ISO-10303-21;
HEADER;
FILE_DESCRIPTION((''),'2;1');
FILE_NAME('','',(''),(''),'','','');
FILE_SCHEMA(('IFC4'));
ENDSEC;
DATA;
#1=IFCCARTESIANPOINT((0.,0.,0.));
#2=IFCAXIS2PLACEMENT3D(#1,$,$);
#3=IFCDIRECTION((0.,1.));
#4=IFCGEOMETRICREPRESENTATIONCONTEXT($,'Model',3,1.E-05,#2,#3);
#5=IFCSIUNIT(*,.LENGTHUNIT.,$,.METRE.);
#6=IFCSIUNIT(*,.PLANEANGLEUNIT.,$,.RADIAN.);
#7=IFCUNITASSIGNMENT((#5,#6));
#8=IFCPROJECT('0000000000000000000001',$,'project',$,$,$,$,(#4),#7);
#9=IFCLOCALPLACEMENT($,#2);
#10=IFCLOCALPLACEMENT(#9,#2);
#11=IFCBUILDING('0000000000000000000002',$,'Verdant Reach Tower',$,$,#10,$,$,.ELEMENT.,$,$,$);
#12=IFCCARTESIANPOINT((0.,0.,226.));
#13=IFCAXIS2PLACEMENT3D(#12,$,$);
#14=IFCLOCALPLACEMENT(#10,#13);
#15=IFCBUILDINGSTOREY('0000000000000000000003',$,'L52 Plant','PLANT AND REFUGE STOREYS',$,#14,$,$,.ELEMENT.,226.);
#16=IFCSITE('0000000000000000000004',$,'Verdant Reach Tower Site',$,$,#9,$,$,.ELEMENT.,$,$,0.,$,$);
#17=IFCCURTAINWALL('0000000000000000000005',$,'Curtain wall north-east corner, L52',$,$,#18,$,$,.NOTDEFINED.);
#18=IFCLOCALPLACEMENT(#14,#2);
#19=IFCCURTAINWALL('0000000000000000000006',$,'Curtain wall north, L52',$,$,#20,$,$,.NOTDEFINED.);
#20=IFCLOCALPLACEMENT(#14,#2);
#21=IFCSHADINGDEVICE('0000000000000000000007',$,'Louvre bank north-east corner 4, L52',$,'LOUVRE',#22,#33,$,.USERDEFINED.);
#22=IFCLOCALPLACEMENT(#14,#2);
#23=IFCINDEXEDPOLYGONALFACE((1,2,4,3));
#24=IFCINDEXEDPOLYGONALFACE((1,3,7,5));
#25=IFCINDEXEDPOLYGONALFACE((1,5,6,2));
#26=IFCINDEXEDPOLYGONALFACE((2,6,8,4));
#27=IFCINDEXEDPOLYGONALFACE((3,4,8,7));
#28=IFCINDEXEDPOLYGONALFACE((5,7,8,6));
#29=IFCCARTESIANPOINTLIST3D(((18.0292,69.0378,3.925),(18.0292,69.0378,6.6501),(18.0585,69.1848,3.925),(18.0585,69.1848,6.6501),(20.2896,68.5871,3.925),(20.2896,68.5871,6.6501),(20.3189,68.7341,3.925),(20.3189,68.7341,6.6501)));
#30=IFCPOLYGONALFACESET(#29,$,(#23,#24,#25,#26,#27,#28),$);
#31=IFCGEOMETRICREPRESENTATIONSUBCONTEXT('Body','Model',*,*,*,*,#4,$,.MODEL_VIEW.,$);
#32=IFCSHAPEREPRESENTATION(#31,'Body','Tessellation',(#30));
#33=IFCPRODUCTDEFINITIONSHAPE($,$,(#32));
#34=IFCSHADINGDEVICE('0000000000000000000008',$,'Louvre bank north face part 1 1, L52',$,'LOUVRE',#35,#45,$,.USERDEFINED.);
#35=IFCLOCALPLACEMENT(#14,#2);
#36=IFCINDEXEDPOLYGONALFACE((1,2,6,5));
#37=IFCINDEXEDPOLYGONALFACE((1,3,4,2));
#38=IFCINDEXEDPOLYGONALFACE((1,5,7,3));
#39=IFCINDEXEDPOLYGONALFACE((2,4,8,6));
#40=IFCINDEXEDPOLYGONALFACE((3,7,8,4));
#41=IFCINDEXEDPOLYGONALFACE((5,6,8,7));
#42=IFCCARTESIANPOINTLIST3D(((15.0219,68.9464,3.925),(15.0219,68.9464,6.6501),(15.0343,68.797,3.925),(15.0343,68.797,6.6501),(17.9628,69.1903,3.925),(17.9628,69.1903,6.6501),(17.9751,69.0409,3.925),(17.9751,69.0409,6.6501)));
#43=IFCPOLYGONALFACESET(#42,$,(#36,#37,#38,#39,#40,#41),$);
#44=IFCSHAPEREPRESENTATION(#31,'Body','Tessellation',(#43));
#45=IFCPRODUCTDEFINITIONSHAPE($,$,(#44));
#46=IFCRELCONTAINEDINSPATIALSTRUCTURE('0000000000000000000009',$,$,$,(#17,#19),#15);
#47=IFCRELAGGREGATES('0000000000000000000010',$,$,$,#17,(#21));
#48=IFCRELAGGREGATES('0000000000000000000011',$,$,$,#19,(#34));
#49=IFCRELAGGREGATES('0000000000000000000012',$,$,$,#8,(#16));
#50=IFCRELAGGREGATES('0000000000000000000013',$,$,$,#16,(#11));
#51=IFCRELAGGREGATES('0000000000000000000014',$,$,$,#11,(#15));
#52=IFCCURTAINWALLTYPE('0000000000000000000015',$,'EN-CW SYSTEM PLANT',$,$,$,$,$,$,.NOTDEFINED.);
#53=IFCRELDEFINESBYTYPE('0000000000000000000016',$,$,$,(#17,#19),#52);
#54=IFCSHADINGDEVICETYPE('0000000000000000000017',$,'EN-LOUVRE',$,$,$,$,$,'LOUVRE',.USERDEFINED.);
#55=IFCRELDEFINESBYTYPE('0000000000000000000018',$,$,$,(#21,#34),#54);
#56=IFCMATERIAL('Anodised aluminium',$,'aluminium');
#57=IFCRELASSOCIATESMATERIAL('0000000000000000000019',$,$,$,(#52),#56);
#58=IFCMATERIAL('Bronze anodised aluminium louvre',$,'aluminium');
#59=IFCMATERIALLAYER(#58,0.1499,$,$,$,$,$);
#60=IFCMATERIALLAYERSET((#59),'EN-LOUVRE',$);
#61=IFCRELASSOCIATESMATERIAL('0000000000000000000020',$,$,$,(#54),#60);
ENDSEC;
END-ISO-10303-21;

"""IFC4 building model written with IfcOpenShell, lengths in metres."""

from ifc_helpers import new_model, si_unit, direction, frame, origin, origin_2d, place, context, subcontext, project, spatial, rectangle, extrude, material, layer, layer_set, type_object, element, aggregate, save


model = new_model("IFC4")

# Units and contexts
model_context = context("Model", 3, precision=1e-05, world=origin(), true_north=direction((0.0, 1.0)))
body_context = subcontext(model_context, "Body", "Model", "MODEL_VIEW")
ifc_project = project(units=[si_unit("LENGTHUNIT", "METRE"), si_unit("PLANEANGLEUNIT", "RADIAN")], contexts=[model_context])

# Site, building, storey
site_placement = place(None, origin())
site = spatial("IfcSite", under=ifc_project, at=site_placement, Name="Verdant Reach Tower Site", CompositionType="ELEMENT", RefElevation=0.0)
building_placement = place(site_placement, origin())
building = spatial("IfcBuilding", under=site, at=building_placement, Name="Verdant Reach Tower", CompositionType="ELEMENT")
storey_placement = place(building_placement, frame((0.0, 0.0, 226.0)))
storey = spatial("IfcBuildingStorey", under=building, at=storey_placement, Name="L52 Plant", Description="PLANT AND REFUGE STOREYS", CompositionType="ELEMENT", Elevation=226.0)

# Curtain walls
ifc_material_1 = material(Name="Anodised aluminium", Category="aluminium")
curtain_wall_type = type_object("IfcCurtainWallType", Name="EN-CW SYSTEM PLANT", PredefinedType="NOTDEFINED", material=ifc_material_1)
curtain_wall_1_placement = place(storey_placement, origin())
curtain_wall_1 = element("IfcCurtainWall", 1, at=curtain_wall_1_placement, inside=storey, type_object=curtain_wall_type, Name="Curtain wall north-east corner, L52", PredefinedType="NOTDEFINED")
curtain_wall_2_placement = place(storey_placement, origin())
curtain_wall_2 = element("IfcCurtainWall", 2, at=curtain_wall_2_placement, inside=storey, type_object=curtain_wall_type, Name="Curtain wall north, L52", PredefinedType="NOTDEFINED")

# Shading devices
ifc_material_2 = material(Name="Bronze anodised aluminium louvre", Category="aluminium")
ifc_layer_1 = layer(ifc_material_2, 0.1499)
ifc_layer_set_1 = layer_set([ifc_layer_1], Name="EN-LOUVRE")
shading_device_type = type_object("IfcShadingDeviceType", Name="EN-LOUVRE", ElementType="LOUVRE", PredefinedType="USERDEFINED", material=ifc_layer_set_1)
shading_device_1_placement = place(storey_placement, frame((19.1741, 68.886, 3.925), z_axis=(0.0, 0.0, 1.0), x_axis=(-0.980695, 0.195545, 0.0)))
shading_device_1 = element("IfcShadingDevice", 3, at=shading_device_1_placement, type_object=shading_device_type, Name="Louvre bank north-east corner 4, L52", ObjectType="LOUVRE", PredefinedType="USERDEFINED", context=body_context, shape_type="SweptSolid", body=[
    extrude(rectangle(XDim=2.3049, YDim=0.1499, at=origin_2d()), origin(), (0.0, 0.0, 1.0), 2.7251),
])
aggregate(curtain_wall_1, [shading_device_1])
shading_device_2_placement = place(storey_placement, frame((16.4985, 68.9937, 3.925), z_axis=(0.0, 0.0, 1.0), x_axis=(-0.996578, -0.082664, 0.0)))
shading_device_2 = element("IfcShadingDevice", 4, at=shading_device_2_placement, type_object=shading_device_type, Name="Louvre bank north face part 1 1, L52", ObjectType="LOUVRE", PredefinedType="USERDEFINED", context=body_context, shape_type="SweptSolid", body=[
    extrude(rectangle(XDim=2.9509, YDim=0.1499, at=origin_2d()), origin(), (0.0, 0.0, 1.0), 2.7251),
])
aggregate(curtain_wall_2, [shading_device_2])

save(model, "model.ifc")
